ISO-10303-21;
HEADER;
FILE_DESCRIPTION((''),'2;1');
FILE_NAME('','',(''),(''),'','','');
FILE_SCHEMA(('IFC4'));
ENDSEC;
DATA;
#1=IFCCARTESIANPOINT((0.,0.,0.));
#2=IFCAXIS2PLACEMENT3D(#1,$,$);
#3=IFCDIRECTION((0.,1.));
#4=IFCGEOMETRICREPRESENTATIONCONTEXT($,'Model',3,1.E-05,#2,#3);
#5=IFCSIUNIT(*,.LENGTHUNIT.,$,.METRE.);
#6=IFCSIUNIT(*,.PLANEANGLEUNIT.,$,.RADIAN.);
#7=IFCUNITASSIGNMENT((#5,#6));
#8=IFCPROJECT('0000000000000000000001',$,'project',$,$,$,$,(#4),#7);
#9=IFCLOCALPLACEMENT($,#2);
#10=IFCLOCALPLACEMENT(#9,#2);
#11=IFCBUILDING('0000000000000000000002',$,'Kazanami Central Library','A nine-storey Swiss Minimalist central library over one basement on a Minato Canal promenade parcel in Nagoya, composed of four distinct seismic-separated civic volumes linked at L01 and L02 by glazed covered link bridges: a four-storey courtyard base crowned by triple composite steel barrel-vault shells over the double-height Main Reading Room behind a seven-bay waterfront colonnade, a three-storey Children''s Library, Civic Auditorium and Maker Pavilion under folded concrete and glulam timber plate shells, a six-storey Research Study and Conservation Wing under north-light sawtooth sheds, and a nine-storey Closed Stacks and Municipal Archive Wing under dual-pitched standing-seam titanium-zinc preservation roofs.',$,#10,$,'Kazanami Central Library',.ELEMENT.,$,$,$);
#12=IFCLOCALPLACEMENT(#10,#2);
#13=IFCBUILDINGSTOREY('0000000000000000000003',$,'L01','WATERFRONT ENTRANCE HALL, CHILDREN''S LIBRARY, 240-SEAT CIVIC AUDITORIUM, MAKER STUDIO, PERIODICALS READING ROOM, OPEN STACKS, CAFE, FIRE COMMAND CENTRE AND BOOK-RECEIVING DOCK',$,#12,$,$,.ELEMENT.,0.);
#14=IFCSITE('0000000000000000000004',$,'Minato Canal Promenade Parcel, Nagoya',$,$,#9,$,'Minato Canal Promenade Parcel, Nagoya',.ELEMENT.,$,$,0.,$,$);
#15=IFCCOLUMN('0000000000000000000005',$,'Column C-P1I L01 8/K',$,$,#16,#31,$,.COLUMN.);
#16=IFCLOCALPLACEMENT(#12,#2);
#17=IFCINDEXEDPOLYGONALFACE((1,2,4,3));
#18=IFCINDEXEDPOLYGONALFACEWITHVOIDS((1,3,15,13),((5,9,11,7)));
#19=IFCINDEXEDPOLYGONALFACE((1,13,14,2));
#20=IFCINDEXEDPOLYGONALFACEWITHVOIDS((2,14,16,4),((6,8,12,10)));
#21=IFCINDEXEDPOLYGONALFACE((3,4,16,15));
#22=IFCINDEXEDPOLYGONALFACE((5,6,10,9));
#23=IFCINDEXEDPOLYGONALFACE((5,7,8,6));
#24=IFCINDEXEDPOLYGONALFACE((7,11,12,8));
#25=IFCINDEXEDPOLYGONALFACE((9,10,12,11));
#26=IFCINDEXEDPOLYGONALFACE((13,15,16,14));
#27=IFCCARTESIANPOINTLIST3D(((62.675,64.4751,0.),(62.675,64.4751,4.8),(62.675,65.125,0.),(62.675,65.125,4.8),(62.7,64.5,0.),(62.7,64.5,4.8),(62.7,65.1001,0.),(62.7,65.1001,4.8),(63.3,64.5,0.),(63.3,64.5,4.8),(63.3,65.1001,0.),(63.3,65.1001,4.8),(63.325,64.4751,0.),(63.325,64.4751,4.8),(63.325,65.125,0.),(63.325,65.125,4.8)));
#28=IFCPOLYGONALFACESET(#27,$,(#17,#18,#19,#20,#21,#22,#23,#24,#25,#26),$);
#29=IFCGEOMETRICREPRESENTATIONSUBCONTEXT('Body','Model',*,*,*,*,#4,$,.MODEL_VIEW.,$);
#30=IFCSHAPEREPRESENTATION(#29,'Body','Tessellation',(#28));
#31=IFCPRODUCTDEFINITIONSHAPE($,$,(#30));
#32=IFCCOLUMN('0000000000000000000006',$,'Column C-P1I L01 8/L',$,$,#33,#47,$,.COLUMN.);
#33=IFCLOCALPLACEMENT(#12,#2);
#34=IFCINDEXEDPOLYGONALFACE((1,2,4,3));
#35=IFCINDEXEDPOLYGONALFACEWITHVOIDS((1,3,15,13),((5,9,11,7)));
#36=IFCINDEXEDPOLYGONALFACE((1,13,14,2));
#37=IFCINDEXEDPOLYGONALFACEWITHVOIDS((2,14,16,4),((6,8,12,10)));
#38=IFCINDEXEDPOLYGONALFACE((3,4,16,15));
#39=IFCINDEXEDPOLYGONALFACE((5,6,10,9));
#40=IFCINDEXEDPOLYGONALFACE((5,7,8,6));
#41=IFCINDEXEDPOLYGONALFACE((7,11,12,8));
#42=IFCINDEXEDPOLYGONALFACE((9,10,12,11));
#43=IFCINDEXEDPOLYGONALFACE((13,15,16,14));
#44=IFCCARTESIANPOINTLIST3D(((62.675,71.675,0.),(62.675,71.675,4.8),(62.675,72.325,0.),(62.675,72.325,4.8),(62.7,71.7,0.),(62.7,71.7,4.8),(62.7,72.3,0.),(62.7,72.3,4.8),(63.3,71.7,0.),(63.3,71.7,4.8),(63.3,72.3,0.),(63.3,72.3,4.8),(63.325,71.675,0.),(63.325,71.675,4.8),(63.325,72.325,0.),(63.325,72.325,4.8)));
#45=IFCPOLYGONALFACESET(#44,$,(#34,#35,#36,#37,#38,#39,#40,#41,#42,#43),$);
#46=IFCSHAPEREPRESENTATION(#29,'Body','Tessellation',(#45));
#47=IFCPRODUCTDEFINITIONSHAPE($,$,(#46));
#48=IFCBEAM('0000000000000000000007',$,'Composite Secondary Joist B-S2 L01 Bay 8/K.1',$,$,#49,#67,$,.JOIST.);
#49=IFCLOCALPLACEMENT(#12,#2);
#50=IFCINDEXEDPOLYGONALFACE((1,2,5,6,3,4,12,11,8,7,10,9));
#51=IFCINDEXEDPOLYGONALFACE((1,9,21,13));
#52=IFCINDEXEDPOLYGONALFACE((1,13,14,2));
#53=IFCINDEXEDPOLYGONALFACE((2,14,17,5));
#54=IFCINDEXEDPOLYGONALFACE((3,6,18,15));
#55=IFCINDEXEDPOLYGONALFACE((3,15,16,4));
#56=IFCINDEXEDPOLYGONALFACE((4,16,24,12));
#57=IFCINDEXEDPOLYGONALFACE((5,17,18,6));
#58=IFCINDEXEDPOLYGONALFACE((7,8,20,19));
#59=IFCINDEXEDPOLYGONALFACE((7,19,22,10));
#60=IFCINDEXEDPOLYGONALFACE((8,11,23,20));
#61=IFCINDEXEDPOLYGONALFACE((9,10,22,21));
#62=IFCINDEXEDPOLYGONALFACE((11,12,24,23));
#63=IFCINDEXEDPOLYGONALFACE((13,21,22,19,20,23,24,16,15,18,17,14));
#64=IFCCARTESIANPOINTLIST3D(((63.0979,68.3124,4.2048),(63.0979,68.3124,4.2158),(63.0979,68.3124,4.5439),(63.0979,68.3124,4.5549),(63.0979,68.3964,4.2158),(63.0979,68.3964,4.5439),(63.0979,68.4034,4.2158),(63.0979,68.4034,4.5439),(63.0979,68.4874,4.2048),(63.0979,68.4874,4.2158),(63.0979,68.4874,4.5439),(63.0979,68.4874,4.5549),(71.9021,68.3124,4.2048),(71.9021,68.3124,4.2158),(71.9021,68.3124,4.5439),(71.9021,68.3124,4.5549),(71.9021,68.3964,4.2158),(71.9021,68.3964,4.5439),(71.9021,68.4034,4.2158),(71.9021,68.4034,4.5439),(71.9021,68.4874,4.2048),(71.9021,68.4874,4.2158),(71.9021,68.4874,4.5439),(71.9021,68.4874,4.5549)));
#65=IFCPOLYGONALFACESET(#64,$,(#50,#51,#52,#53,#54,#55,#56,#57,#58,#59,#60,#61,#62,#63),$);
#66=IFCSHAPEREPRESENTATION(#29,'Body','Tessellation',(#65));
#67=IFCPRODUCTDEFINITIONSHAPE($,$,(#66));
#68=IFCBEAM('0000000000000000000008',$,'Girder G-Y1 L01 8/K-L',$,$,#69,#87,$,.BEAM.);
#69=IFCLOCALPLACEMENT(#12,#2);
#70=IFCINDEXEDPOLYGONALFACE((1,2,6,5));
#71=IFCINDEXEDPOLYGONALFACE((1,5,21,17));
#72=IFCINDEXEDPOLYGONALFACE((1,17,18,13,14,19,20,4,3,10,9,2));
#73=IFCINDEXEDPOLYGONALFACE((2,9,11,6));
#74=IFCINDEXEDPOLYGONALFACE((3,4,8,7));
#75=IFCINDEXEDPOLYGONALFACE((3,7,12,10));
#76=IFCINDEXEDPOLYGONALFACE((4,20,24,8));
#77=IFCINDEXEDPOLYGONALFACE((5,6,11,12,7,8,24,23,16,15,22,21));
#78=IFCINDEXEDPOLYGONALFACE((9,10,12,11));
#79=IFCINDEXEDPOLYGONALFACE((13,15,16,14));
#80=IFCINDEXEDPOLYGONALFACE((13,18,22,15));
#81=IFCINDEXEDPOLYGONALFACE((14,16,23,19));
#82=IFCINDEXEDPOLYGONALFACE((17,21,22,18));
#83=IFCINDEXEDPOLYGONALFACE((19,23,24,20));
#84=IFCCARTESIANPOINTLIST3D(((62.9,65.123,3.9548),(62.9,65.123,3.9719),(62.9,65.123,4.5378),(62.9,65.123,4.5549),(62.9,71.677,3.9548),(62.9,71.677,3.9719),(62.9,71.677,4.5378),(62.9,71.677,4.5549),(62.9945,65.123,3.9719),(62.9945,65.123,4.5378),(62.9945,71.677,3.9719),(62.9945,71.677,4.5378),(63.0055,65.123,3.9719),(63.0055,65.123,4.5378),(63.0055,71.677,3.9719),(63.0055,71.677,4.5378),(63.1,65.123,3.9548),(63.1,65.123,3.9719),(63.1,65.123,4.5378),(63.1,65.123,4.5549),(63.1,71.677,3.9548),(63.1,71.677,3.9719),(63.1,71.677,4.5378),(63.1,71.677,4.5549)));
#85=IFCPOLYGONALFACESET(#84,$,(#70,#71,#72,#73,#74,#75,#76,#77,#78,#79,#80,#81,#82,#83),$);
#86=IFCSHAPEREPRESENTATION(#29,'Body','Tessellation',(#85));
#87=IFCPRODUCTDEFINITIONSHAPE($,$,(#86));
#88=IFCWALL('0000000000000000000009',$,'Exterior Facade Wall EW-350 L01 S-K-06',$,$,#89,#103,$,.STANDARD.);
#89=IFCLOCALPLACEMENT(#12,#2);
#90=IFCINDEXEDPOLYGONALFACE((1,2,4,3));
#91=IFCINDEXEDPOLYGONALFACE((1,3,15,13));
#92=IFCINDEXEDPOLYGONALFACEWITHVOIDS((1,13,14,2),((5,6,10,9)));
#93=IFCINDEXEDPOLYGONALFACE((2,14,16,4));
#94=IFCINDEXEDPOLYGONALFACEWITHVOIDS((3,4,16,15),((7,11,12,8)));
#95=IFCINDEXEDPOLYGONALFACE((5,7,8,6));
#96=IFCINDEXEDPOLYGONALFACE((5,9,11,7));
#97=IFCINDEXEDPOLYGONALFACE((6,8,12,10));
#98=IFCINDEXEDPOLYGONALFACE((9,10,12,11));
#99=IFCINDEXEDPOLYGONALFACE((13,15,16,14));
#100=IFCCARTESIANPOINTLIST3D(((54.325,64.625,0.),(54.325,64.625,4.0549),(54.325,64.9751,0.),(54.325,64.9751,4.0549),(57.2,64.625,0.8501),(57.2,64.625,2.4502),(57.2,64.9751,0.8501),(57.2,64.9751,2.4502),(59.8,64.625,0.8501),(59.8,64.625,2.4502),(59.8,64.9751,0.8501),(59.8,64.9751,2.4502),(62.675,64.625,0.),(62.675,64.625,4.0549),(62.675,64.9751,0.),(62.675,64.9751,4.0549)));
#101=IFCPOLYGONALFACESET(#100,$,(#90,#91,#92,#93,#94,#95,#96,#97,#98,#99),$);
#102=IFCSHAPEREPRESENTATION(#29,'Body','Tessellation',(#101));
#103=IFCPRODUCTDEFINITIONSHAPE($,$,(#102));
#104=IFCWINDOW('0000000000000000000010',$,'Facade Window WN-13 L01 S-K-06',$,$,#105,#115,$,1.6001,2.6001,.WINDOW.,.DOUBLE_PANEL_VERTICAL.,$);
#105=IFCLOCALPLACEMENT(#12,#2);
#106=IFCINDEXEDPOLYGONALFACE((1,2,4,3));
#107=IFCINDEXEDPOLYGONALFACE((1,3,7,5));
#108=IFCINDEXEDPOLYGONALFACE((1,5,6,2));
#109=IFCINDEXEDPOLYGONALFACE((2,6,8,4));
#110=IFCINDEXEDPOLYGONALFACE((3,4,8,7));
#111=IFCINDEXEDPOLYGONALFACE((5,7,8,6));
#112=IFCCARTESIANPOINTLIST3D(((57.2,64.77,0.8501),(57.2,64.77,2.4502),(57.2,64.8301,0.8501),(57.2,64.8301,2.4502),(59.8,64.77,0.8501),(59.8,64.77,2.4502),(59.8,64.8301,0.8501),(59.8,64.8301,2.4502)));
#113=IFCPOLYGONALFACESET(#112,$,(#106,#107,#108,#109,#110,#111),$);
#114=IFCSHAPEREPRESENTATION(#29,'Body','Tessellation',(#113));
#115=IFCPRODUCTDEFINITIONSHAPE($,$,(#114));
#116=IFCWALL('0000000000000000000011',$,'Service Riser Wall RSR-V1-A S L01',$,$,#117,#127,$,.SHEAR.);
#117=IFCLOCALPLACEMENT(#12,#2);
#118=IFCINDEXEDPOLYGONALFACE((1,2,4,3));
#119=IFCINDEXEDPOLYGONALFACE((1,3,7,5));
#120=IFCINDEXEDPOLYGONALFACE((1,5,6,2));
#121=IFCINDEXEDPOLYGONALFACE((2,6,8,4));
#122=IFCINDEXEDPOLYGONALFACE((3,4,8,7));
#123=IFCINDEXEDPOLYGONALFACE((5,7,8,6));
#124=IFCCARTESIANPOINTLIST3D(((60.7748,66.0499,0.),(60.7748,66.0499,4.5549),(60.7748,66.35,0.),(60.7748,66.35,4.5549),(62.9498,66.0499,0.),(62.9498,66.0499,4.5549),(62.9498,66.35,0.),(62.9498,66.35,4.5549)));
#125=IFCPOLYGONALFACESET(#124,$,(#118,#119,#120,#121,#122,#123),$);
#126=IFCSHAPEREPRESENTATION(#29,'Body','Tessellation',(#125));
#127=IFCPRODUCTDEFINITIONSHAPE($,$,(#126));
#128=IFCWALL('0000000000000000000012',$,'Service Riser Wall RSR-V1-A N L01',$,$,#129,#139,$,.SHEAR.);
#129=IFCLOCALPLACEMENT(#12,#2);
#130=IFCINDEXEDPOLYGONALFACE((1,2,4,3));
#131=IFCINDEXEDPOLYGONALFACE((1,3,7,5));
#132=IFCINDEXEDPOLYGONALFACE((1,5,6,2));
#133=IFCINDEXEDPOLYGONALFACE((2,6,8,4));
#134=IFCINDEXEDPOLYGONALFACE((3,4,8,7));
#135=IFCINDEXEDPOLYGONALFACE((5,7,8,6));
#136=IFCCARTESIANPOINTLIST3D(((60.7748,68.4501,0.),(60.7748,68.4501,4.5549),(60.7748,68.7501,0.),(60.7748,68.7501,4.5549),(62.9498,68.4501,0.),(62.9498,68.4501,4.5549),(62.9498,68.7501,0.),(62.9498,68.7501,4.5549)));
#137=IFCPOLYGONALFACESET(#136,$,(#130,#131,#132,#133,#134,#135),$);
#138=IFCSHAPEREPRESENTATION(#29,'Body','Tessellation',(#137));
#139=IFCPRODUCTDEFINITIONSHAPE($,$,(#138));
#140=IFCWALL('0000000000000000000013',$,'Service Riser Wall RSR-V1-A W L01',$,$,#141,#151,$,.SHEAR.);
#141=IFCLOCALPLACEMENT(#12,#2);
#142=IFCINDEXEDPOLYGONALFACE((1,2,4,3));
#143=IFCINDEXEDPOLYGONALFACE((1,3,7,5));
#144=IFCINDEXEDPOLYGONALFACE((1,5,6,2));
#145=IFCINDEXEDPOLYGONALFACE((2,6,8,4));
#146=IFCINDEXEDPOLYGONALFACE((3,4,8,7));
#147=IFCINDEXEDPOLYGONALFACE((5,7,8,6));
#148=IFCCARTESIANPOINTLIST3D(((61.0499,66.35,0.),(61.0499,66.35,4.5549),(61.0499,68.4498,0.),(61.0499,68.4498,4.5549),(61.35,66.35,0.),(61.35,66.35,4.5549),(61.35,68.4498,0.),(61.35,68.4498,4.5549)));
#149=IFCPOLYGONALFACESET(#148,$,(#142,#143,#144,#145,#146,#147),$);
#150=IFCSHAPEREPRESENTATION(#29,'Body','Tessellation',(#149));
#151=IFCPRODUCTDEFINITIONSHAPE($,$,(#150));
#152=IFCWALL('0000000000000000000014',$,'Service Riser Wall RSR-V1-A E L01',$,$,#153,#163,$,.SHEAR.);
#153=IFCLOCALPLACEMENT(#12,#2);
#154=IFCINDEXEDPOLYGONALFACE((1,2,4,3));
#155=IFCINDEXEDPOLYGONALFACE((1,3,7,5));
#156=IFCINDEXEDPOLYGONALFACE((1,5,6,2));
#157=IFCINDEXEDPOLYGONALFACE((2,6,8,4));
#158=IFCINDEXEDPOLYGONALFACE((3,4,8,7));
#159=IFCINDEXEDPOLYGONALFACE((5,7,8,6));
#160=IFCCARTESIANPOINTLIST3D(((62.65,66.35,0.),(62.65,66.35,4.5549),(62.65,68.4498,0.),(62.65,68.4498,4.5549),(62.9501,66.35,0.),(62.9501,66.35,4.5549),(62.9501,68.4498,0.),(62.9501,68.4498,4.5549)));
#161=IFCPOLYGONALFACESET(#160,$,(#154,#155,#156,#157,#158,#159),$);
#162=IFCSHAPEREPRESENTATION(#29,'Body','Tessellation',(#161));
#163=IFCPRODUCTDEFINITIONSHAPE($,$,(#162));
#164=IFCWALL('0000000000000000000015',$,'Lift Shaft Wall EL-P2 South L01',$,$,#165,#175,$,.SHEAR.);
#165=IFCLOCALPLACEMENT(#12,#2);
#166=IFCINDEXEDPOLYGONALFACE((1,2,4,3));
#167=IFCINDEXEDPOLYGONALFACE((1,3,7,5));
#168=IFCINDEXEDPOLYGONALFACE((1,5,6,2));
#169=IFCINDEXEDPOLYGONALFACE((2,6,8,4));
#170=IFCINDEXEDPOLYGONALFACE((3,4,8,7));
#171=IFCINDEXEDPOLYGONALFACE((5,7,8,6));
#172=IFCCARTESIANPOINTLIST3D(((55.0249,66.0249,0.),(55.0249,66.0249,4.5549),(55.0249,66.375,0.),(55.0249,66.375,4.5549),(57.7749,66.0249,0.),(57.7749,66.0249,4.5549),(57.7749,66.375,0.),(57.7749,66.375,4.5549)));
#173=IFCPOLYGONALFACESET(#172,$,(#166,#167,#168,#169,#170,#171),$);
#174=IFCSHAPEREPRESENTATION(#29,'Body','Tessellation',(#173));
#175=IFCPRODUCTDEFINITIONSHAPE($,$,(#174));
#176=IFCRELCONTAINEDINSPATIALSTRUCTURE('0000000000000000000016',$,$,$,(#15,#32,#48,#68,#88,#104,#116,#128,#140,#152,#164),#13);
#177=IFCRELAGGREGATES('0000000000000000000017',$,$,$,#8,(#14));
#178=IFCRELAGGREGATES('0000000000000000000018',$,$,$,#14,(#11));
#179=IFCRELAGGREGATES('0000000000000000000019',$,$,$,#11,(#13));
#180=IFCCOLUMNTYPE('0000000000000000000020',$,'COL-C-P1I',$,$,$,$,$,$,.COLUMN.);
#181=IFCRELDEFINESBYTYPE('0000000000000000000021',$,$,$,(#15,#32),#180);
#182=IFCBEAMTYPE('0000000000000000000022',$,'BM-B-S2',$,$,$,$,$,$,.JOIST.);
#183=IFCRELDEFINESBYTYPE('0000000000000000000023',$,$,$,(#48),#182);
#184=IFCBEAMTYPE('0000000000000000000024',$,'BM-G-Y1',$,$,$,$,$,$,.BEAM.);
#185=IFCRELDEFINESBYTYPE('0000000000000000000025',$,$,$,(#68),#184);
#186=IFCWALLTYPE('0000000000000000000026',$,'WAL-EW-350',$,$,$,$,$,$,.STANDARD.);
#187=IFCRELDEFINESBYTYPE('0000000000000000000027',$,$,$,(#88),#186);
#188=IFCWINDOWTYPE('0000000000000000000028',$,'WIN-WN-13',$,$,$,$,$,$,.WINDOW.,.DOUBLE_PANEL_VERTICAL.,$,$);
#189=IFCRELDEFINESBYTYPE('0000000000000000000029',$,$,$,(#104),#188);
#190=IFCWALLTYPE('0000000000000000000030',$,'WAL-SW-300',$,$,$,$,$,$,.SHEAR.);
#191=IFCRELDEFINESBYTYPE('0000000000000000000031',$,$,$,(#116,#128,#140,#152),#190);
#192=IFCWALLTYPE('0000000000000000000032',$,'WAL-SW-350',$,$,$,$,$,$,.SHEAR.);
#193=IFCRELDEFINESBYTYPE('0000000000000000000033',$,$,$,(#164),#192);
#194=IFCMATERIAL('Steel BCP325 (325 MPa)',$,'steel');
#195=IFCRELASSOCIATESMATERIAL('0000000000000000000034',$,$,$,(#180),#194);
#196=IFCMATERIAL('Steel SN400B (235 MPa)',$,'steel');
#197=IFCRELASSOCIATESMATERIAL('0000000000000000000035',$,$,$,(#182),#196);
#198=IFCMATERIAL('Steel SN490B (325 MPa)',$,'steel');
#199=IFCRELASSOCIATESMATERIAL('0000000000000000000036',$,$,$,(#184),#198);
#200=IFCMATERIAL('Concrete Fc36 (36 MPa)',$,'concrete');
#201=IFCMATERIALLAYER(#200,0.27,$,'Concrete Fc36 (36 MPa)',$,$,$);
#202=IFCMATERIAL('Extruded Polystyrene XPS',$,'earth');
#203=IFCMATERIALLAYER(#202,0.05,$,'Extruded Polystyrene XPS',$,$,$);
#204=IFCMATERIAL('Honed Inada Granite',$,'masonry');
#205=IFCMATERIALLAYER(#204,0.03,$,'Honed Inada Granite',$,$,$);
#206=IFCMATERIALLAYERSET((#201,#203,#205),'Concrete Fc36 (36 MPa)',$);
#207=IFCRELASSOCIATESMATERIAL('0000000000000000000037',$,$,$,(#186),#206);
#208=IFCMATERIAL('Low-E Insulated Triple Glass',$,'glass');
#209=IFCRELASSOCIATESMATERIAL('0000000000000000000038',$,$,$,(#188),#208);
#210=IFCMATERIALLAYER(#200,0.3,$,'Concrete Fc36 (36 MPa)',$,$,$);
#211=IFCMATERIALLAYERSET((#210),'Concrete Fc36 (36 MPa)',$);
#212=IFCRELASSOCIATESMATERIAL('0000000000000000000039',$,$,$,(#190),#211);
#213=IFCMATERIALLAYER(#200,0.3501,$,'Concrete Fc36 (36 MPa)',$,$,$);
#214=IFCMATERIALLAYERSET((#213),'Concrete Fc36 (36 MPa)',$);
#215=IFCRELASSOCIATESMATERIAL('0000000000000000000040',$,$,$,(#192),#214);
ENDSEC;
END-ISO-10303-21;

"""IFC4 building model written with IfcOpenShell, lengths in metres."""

from ifc_helpers import new_model, si_unit, direction, frame, frame_2d, origin, origin_2d, place, context, subcontext, project, spatial, rectangle, hollow_rectangle, i_section, extrude, material, layer, layer_set, material_profile, profile_set, type_object, element, fill, save


model = new_model("IFC4")

# Units and contexts
model_context = context("Model", 3, precision=1e-05, world=origin(), true_north=direction((0.0, 1.0)))
body_context = subcontext(model_context, "Body", "Model", "MODEL_VIEW")
ifc_project = project(units=[si_unit("LENGTHUNIT", "METRE"), si_unit("PLANEANGLEUNIT", "RADIAN")], contexts=[model_context])

# Site, building, storey
site_placement = place(None, origin())
site = spatial("IfcSite", under=ifc_project, at=site_placement, Name="Minato Canal Promenade Parcel, Nagoya", LongName="Minato Canal Promenade Parcel, Nagoya", CompositionType="ELEMENT", RefElevation=0.0)
building_placement = place(site_placement, origin())
building = spatial("IfcBuilding", under=site, at=building_placement, Name="Kazanami Central Library", Description="A nine-storey Swiss Minimalist central library over one basement on a Minato Canal promenade parcel in Nagoya, composed of four distinct seismic-separated civic volumes linked at L01 and L02 by glazed covered link bridges: a four-storey courtyard base crowned by triple composite steel barrel-vault shells over the double-height Main Reading Room behind a seven-bay waterfront colonnade, a three-storey Children's Library, Civic Auditorium and Maker Pavilion under folded concrete and glulam timber plate shells, a six-storey Research Study and Conservation Wing under north-light sawtooth sheds, and a nine-storey Closed Stacks and Municipal Archive Wing under dual-pitched standing-seam titanium-zinc preservation roofs.", LongName="Kazanami Central Library", CompositionType="ELEMENT")
storey_placement = place(building_placement, origin())
storey = spatial("IfcBuildingStorey", under=building, at=storey_placement, Name="L01", Description="WATERFRONT ENTRANCE HALL, CHILDREN'S LIBRARY, 240-SEAT CIVIC AUDITORIUM, MAKER STUDIO, PERIODICALS READING ROOM, OPEN STACKS, CAFE, FIRE COMMAND CENTRE AND BOOK-RECEIVING DOCK", CompositionType="ELEMENT", Elevation=0.0)

# Columns
ifc_material_1 = material(Name="Steel BCP325 (325 MPa)", Category="steel")
ifc_material_profile_1 = material_profile(ifc_material_1, hollow_rectangle(XDim=0.6499, YDim=0.6499, WallThickness=0.0249, at=origin_2d()), Name="BCP-650x650x25")
ifc_profile_set_1 = profile_set([ifc_material_profile_1], Name="Steel BCP325 (325 MPa)")
column_type = type_object("IfcColumnType", Name="COL-C-P1I", PredefinedType="COLUMN", material=ifc_profile_set_1)
for number, where, z_axis, x_axis, name in (
    (1, (63.0, 64.8, 0.0), (0.0, 0.0, 1.0), (1.0, 0.0, 0.0), "Column C-P1I L01 8/K"),
    (2, (63.0, 72.0, 0.0), (0.0, 0.0, 1.0), (1.0, 0.0, 0.0), "Column C-P1I L01 8/L"),
):
    element("IfcColumn", number, at=place(storey_placement, frame(where, z_axis=z_axis, x_axis=x_axis)), inside=storey, type_object=column_type, Name=name, PredefinedType="COLUMN", context=body_context, shape_type="SweptSolid", body=[
        extrude(hollow_rectangle(XDim=0.6499, YDim=0.6499, WallThickness=0.0249, at=origin_2d()), origin(), (0.0, 0.0, 1.0), 4.8),
    ])

# Beams
ifc_material_2 = material(Name="Steel SN400B (235 MPa)", Category="steel")
ifc_material_profile_2 = material_profile(ifc_material_2, i_section(OverallWidth=0.175, OverallDepth=0.3501, WebThickness=0.0071, FlangeThickness=0.011, at=origin_2d()), Name="H-350x175x7x11")
ifc_profile_set_2 = profile_set([ifc_material_profile_2], Name="Steel SN400B (235 MPa)")
beam_type_1 = type_object("IfcBeamType", Name="BM-B-S2", PredefinedType="JOIST", material=ifc_profile_set_2)
beam_1_placement = place(storey_placement, frame((63.0979, 68.3999, 4.3799), z_axis=(1.0, 0.0, 0.0), x_axis=(0.0, 1.0, 0.0)))
element("IfcBeam", 3, at=beam_1_placement, inside=storey, type_object=beam_type_1, Name="Composite Secondary Joist B-S2 L01 Bay 8/K.1", PredefinedType="JOIST", context=body_context, shape_type="SweptSolid", body=[
    extrude(i_section(OverallWidth=0.175, OverallDepth=0.3501, WebThickness=0.0071, FlangeThickness=0.011, at=origin_2d()), origin(), (0.0, 0.0, 1.0), 8.8042),
])
ifc_material_3 = material(Name="Steel SN490B (325 MPa)", Category="steel")
ifc_material_profile_3 = material_profile(ifc_material_3, i_section(OverallWidth=0.2, OverallDepth=0.6001, WebThickness=0.011, FlangeThickness=0.0171, at=origin_2d()), Name="H-600x200x11x17")
ifc_profile_set_3 = profile_set([ifc_material_profile_3], Name="Steel SN490B (325 MPa)")
beam_type_2 = type_object("IfcBeamType", Name="BM-G-Y1", PredefinedType="BEAM", material=ifc_profile_set_3)
beam_2_placement = place(storey_placement, frame((63.0, 65.123, 4.2549), z_axis=(0.0, 1.0, 0.0), x_axis=(-1.0, 0.0, 0.0)))
element("IfcBeam", 4, at=beam_2_placement, inside=storey, type_object=beam_type_2, Name="Girder G-Y1 L01 8/K-L", PredefinedType="BEAM", context=body_context, shape_type="SweptSolid", body=[
    extrude(i_section(OverallWidth=0.2, OverallDepth=0.6001, WebThickness=0.011, FlangeThickness=0.0171, at=origin_2d()), origin(), (0.0, 0.0, 1.0), 6.554),
])

# Wall, opening, window
ifc_material_4 = material(Name="Concrete Fc36 (36 MPa)", Category="concrete")
ifc_layer_1 = layer(ifc_material_4, 0.27, Name="Concrete Fc36 (36 MPa)")
ifc_material_5 = material(Name="Extruded Polystyrene XPS", Category="earth")
ifc_layer_2 = layer(ifc_material_5, 0.05, Name="Extruded Polystyrene XPS")
ifc_material_6 = material(Name="Honed Inada Granite", Category="masonry")
ifc_layer_3 = layer(ifc_material_6, 0.03, Name="Honed Inada Granite")
ifc_layer_set_1 = layer_set([ifc_layer_1, ifc_layer_2, ifc_layer_3], Name="Concrete Fc36 (36 MPa)")
wall_type_1 = type_object("IfcWallType", Name="WAL-EW-350", PredefinedType="STANDARD", material=ifc_layer_set_1)
wall_1_placement = place(storey_placement, frame((54.325, 64.8, 0.0), z_axis=(0.0, 0.0, 1.0), x_axis=(1.0, 0.0, 0.0)))
wall_1 = element("IfcWall", 5, at=wall_1_placement, inside=storey, type_object=wall_type_1, Name="Exterior Facade Wall EW-350 L01 S-K-06", PredefinedType="STANDARD", context=body_context, shape_type="SweptSolid", body=[
    extrude(rectangle(XDim=8.3501, YDim=0.3501, at=frame_2d((4.175, 0.0))), origin(), (0.0, 0.0, 1.0), 4.0549),
])
opening_1_placement = place(wall_1_placement, frame((2.875, 0.0, 0.8501)))
opening_1 = element("IfcOpeningElement", 6, at=opening_1_placement, cuts=wall_1, PredefinedType="OPENING", context=body_context, shape_type="SweptSolid", body=[
    extrude(rectangle(XDim=2.6001, YDim=1.6001, at=frame_2d((1.3, 0.8))), frame((0.0, 0.187, 0.0), z_axis=(0.0, -1.0, 0.0), x_axis=(1.0, 0.0, 0.0)), (0.0, 0.0, 1.0), 0.374),
])
ifc_material_7 = material(Name="Low-E Insulated Triple Glass", Category="glass")
window_type = type_object("IfcWindowType", Name="WIN-WN-13", PartitioningType="DOUBLE_PANEL_VERTICAL", PredefinedType="WINDOW", material=ifc_material_7)
window_placement = place(opening_1_placement, origin())
window = element("IfcWindow", 7, at=window_placement, inside=storey, type_object=window_type, Name="Facade Window WN-13 L01 S-K-06", OverallHeight=1.6001, OverallWidth=2.6001, PartitioningType="DOUBLE_PANEL_VERTICAL", PredefinedType="WINDOW", context=body_context, shape_type="SweptSolid", body=[
    extrude(rectangle(XDim=2.6001, YDim=1.6001, at=frame_2d((1.3, 0.8))), frame((0.0, 0.03, 0.0), z_axis=(0.0, -1.0, 0.0), x_axis=(1.0, 0.0, 0.0)), (0.0, 0.0, 1.0), 0.0601),
])
fill(opening_1, window)

# Walls
ifc_layer_4 = layer(ifc_material_4, 0.3, Name="Concrete Fc36 (36 MPa)")
ifc_layer_set_2 = layer_set([ifc_layer_4], Name="Concrete Fc36 (36 MPa)")
wall_type_2 = type_object("IfcWallType", Name="WAL-SW-300", PredefinedType="SHEAR", material=ifc_layer_set_2)
for number, where, z_axis, x_axis, name in (
    (8, (60.7749, 66.2, 0.0), (0.0, 0.0, 1.0), (1.0, 0.0, 0.0), "Service Riser Wall RSR-V1-A S L01"),
    (9, (60.7749, 68.6001, 0.0), (0.0, 0.0, 1.0), (1.0, 0.0, 0.0), "Service Riser Wall RSR-V1-A N L01"),
):
    element("IfcWall", number, at=place(storey_placement, frame(where, z_axis=z_axis, x_axis=x_axis)), inside=storey, type_object=wall_type_2, Name=name, PredefinedType="SHEAR", context=body_context, shape_type="SweptSolid", body=[
        extrude(rectangle(XDim=2.175, YDim=0.3, at=frame_2d((1.0874, 0.0))), origin(), (0.0, 0.0, 1.0), 4.5549),
    ])
for number, where, z_axis, x_axis, name in (
    (10, (61.2, 66.3501, 0.0), (0.0, 0.0, 1.0), (0.0, 1.0, 0.0), "Service Riser Wall RSR-V1-A W L01"),
    (11, (62.8, 66.3501, 0.0), (0.0, 0.0, 1.0), (0.0, 1.0, 0.0), "Service Riser Wall RSR-V1-A E L01"),
):
    element("IfcWall", number, at=place(storey_placement, frame(where, z_axis=z_axis, x_axis=x_axis)), inside=storey, type_object=wall_type_2, Name=name, PredefinedType="SHEAR", context=body_context, shape_type="SweptSolid", body=[
        extrude(rectangle(XDim=2.0999, YDim=0.3, at=frame_2d((1.0498, 0.0))), origin(), (0.0, 0.0, 1.0), 4.5549),
    ])
ifc_layer_5 = layer(ifc_material_4, 0.3501, Name="Concrete Fc36 (36 MPa)")
ifc_layer_set_3 = layer_set([ifc_layer_5], Name="Concrete Fc36 (36 MPa)")
wall_type_3 = type_object("IfcWallType", Name="WAL-SW-350", PredefinedType="SHEAR", material=ifc_layer_set_3)
wall_2_placement = place(storey_placement, frame((55.0249, 66.2, 0.0), z_axis=(0.0, 0.0, 1.0), x_axis=(1.0, 0.0, 0.0)))
element("IfcWall", 12, at=wall_2_placement, inside=storey, type_object=wall_type_3, Name="Lift Shaft Wall EL-P2 South L01", PredefinedType="SHEAR", context=body_context, shape_type="SweptSolid", body=[
    extrude(rectangle(XDim=2.75, YDim=0.3501, at=frame_2d((1.375, 0.0))), origin(), (0.0, 0.0, 1.0), 4.5549),
])

save(model, "model.ifc")
